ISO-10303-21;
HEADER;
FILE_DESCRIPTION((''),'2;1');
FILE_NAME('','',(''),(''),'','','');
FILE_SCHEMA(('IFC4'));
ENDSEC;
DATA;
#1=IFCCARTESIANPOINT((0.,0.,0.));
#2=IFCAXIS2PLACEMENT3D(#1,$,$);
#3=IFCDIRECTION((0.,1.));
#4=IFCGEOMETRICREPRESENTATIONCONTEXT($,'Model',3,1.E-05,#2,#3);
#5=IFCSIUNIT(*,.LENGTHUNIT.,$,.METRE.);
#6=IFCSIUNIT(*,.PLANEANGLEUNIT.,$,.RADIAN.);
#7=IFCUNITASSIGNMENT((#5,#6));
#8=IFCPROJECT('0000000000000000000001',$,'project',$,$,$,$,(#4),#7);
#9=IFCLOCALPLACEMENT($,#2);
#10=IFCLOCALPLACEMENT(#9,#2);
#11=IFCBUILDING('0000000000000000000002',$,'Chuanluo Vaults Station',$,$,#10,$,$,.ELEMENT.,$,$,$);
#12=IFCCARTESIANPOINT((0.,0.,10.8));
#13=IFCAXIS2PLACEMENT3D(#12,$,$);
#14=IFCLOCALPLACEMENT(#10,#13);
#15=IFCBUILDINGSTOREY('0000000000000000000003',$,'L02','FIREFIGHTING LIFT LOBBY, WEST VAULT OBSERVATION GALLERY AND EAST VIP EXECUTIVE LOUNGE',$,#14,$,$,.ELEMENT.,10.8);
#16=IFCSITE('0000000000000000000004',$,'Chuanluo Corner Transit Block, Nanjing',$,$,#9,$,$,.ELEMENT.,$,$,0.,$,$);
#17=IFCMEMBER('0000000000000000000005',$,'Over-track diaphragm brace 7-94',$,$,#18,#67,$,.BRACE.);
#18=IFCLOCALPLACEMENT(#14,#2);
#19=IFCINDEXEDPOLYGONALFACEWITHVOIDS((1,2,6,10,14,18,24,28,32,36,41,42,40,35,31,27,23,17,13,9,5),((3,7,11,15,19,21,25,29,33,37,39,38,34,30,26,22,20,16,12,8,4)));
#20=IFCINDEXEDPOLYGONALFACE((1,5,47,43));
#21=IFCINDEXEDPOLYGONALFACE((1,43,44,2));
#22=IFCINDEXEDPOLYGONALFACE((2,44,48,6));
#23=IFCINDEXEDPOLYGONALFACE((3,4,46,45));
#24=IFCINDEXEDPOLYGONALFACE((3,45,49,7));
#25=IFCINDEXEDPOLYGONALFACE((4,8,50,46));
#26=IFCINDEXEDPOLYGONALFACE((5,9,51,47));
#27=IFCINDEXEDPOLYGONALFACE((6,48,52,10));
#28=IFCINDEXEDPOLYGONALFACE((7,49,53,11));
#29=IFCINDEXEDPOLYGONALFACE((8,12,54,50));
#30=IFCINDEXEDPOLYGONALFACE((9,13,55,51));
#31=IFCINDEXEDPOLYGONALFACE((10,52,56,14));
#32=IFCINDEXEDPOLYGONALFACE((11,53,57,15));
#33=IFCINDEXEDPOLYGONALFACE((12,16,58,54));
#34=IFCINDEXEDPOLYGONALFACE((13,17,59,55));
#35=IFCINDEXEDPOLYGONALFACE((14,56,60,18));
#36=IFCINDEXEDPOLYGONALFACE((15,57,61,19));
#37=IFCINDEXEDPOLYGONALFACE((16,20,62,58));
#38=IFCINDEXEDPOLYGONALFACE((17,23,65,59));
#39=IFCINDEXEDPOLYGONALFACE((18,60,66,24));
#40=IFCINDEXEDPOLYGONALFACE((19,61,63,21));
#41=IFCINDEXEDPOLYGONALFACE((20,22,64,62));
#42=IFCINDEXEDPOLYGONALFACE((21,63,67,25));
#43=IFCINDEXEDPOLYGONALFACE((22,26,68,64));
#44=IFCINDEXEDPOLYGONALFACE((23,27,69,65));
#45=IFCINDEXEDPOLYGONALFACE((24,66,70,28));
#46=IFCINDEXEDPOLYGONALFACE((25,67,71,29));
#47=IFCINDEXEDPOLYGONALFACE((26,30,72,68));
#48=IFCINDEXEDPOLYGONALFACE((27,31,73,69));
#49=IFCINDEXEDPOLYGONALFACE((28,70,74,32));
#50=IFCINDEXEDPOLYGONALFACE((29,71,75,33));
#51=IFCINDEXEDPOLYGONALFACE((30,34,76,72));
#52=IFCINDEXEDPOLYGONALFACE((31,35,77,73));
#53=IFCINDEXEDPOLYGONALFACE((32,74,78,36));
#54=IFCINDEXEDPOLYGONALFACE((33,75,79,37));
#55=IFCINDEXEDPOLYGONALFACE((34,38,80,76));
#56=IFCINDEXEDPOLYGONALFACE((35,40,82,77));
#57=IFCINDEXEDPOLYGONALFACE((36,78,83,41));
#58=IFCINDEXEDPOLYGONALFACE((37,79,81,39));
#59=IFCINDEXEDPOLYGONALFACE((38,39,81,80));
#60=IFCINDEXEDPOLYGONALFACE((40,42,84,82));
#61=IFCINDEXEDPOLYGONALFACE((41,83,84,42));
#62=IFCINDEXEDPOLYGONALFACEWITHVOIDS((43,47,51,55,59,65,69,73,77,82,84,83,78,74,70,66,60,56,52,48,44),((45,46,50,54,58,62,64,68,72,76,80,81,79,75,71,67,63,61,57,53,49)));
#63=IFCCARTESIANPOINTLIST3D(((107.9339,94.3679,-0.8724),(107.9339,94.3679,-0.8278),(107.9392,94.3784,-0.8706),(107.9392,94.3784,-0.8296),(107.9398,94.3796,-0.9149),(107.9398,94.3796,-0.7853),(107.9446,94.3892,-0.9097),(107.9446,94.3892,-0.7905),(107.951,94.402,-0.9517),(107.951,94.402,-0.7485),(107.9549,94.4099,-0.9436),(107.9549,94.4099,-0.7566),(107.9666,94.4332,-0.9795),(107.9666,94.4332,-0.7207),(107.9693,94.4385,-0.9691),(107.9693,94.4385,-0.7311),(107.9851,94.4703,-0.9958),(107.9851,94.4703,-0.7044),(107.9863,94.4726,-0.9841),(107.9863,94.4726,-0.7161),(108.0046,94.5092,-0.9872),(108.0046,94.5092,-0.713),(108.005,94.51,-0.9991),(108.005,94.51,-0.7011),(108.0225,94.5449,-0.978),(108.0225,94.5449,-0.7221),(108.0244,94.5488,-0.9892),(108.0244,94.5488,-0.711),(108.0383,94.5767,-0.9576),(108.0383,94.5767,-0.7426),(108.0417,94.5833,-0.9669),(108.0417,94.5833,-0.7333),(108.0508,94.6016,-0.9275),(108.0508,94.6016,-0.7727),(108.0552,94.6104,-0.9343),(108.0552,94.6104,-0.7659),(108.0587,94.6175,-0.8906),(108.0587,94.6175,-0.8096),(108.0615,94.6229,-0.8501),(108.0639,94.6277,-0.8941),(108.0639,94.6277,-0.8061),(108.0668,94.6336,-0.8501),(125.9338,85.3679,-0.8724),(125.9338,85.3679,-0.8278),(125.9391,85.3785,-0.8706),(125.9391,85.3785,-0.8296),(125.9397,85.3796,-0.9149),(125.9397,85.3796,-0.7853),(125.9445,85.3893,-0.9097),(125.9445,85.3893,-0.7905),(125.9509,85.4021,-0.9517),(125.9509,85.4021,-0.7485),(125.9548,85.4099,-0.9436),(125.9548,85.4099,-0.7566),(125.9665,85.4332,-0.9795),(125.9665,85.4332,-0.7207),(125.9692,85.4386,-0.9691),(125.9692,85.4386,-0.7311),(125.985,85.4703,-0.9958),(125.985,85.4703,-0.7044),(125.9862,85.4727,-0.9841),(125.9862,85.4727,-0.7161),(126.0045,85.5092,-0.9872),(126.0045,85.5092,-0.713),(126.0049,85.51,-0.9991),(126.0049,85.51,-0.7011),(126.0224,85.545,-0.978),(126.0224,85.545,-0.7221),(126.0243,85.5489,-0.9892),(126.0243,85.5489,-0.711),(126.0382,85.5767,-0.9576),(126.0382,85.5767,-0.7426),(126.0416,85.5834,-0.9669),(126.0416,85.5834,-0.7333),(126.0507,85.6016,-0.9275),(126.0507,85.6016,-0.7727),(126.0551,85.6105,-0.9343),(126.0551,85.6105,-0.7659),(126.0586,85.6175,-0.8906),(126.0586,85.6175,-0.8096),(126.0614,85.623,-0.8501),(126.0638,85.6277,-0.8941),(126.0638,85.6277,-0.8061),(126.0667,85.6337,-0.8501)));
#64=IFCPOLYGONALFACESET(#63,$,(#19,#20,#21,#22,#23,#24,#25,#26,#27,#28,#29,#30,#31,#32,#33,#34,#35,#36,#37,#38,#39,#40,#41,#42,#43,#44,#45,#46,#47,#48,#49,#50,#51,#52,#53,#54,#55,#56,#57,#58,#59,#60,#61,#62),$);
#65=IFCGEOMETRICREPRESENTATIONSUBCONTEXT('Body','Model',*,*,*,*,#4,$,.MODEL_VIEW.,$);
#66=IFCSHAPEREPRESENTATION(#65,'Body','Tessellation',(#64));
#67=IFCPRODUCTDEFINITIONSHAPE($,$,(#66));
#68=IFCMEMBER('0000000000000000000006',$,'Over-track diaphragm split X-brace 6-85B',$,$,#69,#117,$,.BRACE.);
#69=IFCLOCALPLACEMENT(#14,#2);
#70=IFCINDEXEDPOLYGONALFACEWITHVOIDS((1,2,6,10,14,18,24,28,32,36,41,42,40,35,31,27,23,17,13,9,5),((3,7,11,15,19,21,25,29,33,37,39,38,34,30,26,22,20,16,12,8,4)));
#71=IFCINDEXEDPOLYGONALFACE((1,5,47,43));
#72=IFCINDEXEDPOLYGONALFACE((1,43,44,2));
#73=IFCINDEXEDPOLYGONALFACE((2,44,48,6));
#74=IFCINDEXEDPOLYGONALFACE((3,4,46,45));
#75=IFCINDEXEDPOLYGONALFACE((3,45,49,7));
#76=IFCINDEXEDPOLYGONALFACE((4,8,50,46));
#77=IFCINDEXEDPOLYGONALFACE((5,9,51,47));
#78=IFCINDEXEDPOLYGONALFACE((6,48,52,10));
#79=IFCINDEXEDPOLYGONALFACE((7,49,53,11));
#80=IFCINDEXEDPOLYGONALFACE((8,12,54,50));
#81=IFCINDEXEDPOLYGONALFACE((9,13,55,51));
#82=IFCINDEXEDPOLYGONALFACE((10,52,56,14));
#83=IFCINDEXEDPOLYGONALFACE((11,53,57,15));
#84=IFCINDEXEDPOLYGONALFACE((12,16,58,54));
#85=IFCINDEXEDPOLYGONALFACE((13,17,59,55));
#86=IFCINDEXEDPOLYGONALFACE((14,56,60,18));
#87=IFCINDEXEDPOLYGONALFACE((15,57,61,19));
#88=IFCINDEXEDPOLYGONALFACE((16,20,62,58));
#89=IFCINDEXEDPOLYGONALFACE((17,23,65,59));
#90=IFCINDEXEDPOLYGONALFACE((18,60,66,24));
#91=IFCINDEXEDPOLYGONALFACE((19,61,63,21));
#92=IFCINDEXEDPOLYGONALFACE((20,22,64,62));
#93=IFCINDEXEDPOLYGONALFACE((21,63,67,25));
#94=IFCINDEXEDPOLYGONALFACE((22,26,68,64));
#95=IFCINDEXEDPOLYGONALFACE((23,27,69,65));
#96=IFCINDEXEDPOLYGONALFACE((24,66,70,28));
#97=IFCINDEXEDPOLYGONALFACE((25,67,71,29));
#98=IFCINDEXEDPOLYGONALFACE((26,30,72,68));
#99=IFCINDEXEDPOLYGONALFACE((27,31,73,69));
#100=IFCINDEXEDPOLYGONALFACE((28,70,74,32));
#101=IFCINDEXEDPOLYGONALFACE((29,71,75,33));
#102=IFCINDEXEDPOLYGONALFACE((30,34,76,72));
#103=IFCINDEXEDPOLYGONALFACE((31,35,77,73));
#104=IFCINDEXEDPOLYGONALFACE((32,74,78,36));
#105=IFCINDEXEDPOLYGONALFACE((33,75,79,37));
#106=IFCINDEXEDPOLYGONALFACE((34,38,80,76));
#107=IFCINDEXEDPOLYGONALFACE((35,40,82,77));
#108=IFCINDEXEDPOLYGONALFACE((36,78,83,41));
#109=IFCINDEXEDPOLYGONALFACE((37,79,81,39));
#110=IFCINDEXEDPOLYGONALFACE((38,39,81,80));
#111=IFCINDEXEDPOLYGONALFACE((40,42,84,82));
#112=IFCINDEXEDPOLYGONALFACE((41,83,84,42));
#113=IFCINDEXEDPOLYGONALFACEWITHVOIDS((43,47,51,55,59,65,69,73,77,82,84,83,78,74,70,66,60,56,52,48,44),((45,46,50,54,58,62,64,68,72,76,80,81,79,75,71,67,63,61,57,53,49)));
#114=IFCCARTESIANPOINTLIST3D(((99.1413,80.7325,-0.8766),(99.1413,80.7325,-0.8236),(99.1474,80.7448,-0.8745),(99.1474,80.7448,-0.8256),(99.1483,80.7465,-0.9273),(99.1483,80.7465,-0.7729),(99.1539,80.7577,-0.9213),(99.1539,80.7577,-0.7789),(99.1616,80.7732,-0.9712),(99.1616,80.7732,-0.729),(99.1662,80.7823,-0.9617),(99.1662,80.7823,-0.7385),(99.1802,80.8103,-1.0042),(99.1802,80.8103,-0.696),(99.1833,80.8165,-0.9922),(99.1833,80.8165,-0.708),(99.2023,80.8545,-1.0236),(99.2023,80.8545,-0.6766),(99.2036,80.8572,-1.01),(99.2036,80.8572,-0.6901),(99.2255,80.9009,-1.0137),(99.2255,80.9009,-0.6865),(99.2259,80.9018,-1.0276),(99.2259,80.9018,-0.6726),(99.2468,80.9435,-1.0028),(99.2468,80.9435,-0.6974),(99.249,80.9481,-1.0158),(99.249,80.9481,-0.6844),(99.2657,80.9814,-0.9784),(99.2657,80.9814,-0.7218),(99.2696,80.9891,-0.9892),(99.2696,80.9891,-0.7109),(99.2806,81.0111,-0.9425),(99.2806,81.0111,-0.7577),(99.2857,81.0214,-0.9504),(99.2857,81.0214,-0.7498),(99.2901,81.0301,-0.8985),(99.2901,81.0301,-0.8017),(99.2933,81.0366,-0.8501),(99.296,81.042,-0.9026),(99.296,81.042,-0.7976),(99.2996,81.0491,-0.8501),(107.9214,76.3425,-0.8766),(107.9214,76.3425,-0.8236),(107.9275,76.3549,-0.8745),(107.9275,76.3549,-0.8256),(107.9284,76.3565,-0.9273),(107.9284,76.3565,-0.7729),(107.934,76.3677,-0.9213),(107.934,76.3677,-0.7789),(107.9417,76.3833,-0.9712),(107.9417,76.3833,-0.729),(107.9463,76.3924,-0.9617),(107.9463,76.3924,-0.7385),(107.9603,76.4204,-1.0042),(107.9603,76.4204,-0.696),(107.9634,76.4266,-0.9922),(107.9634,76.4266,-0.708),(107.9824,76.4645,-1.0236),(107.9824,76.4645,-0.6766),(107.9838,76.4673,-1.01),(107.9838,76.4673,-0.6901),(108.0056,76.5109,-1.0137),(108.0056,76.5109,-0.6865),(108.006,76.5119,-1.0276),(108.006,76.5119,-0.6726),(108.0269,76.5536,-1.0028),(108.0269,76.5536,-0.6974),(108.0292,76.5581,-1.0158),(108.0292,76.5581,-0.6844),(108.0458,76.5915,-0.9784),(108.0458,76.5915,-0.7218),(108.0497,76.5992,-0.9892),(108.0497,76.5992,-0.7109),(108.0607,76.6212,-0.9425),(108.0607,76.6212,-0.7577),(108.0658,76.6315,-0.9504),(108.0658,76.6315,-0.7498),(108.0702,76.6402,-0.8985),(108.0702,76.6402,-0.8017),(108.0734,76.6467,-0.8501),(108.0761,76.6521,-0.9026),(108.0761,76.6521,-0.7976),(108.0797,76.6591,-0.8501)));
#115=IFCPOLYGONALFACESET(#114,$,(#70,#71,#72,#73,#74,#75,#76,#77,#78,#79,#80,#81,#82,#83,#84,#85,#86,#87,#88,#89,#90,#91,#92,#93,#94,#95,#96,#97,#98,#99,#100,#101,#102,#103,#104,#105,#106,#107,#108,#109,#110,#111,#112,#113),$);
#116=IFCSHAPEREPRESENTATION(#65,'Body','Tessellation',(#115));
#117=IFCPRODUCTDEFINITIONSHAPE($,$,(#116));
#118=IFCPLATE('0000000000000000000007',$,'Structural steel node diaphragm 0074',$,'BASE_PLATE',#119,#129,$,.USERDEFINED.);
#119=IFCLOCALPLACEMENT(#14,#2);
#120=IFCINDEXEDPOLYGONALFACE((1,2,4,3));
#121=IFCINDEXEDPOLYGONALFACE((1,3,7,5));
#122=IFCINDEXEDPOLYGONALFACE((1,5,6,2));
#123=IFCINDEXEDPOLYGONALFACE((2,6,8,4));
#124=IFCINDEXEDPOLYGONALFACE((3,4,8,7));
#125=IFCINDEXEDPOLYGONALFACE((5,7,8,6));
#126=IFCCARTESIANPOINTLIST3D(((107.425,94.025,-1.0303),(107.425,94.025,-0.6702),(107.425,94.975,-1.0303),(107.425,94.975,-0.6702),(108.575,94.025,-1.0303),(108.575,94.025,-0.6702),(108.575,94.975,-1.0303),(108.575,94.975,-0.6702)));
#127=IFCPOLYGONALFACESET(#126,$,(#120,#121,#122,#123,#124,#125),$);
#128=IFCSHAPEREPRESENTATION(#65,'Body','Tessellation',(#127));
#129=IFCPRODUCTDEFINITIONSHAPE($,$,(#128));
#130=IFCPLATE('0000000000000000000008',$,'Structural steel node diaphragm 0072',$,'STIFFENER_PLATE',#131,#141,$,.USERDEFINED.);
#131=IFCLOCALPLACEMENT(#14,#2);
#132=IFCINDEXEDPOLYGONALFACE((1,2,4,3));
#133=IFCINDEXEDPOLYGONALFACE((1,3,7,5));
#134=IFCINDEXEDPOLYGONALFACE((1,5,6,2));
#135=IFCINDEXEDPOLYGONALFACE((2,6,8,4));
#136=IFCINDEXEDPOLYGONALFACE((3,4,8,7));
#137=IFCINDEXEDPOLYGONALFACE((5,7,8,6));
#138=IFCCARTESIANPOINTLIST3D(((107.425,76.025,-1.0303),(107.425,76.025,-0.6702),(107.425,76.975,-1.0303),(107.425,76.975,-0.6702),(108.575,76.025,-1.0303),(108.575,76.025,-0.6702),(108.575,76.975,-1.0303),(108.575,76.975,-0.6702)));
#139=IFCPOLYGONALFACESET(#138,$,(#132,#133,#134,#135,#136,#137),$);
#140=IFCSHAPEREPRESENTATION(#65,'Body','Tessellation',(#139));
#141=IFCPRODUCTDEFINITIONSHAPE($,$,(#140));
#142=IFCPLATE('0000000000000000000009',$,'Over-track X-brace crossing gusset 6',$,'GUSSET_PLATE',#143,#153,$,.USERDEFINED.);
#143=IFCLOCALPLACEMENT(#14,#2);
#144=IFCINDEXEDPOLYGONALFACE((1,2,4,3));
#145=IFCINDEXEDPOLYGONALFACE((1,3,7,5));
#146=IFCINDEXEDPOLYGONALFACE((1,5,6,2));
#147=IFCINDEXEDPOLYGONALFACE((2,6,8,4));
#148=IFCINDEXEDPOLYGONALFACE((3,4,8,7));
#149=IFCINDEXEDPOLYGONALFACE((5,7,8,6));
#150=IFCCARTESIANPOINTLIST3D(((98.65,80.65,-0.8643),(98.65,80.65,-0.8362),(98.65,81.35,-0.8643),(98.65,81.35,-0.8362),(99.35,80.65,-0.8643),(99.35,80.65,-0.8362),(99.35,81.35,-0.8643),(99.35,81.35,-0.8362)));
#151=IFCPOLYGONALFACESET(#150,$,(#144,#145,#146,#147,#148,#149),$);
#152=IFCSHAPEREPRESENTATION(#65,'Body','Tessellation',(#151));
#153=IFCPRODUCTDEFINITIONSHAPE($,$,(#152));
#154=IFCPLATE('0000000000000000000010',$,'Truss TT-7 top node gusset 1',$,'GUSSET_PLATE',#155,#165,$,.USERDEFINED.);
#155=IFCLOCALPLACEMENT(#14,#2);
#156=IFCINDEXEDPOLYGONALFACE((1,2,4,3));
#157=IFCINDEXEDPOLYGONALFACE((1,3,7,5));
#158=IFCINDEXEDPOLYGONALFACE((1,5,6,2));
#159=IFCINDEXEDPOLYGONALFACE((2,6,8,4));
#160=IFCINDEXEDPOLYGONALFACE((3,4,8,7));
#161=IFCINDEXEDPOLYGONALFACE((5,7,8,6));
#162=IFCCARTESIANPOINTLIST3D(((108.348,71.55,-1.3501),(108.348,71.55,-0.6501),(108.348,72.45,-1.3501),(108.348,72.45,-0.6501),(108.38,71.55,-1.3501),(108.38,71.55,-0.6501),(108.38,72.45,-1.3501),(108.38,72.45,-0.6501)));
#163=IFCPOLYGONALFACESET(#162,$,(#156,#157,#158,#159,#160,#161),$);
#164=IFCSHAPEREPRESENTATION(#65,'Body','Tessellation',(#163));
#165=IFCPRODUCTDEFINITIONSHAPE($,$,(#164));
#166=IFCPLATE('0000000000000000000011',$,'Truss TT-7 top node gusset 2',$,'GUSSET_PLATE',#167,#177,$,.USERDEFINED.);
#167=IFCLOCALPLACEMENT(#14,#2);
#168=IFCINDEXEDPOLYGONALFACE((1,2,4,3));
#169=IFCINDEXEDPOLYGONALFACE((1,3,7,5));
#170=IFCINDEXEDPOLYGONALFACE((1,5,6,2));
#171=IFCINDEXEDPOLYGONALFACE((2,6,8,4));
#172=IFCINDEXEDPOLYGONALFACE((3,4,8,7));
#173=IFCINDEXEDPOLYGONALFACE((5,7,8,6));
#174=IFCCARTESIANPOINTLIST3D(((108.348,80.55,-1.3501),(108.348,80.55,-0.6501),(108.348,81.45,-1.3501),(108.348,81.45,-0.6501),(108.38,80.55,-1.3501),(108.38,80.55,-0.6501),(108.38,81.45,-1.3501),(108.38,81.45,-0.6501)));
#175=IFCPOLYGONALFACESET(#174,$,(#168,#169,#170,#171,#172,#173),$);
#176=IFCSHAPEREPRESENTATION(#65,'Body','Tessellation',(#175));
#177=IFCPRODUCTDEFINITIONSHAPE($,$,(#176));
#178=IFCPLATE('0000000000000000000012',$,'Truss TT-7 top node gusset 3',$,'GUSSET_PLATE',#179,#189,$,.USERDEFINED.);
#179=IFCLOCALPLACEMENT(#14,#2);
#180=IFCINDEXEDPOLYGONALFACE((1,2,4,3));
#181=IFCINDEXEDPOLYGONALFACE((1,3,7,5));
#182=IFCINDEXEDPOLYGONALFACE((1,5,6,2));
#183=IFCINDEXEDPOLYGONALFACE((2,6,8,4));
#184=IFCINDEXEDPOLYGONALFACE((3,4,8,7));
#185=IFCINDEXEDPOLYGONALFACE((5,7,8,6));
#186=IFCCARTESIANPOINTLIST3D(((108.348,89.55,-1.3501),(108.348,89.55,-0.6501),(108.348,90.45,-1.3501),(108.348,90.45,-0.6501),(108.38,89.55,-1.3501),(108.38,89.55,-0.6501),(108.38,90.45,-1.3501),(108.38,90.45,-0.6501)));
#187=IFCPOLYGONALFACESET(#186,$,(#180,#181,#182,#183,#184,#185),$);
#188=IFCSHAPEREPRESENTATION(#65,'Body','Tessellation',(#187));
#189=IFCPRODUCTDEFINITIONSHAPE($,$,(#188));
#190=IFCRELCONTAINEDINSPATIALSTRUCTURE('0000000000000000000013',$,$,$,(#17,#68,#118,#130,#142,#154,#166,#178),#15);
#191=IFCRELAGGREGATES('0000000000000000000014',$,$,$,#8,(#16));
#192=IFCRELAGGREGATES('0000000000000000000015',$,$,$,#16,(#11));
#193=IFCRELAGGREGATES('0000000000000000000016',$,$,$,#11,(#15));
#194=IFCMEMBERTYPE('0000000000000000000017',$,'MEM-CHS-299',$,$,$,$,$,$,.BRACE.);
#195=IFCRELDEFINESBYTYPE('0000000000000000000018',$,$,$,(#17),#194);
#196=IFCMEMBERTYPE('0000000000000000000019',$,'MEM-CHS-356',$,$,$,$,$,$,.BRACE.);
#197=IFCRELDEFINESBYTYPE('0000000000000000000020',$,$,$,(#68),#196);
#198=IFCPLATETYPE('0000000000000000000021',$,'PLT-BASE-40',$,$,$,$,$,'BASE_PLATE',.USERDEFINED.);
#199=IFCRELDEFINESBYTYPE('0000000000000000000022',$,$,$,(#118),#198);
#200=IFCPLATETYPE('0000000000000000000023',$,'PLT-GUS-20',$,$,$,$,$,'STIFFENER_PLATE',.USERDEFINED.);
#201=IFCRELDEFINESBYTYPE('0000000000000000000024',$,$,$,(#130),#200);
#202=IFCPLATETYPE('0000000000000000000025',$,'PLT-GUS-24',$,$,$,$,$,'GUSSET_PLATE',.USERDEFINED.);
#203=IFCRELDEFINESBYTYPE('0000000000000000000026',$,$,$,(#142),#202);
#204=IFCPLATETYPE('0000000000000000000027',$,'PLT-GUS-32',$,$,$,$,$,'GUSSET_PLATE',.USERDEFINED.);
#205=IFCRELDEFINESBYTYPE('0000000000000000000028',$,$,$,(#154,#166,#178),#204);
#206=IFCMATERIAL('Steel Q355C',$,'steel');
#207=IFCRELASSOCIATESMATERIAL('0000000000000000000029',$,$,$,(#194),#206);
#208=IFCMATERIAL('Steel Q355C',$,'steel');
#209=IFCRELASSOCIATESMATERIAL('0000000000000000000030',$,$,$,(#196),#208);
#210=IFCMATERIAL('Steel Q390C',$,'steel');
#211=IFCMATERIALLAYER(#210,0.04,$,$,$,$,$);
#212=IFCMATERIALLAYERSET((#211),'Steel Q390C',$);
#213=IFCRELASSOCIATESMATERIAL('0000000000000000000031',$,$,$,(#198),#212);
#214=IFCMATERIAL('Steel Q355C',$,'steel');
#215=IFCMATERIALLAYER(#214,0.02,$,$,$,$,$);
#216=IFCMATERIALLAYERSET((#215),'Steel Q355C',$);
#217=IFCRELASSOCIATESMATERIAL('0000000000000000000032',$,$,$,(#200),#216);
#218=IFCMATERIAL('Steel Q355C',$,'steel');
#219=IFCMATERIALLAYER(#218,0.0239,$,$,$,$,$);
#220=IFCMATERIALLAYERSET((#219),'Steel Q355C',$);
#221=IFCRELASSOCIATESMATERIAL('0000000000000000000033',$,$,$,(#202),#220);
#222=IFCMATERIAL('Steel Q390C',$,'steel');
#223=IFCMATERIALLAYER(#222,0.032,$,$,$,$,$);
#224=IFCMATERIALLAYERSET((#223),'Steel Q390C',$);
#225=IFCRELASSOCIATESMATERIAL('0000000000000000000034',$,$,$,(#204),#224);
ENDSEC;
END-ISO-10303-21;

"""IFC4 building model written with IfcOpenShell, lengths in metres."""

from ifc_helpers import new_model, si_unit, direction, frame, origin, origin_2d, place, context, subcontext, project, spatial, rectangle, hollow_circle, extrude, material, layer, layer_set, material_profile, profile_set, type_object, element, save


model = new_model("IFC4")

# Units and contexts
model_context = context("Model", 3, precision=1e-05, world=origin(), true_north=direction((0.0, 1.0)))
body_context = subcontext(model_context, "Body", "Model", "MODEL_VIEW")
ifc_project = project(units=[si_unit("LENGTHUNIT", "METRE"), si_unit("PLANEANGLEUNIT", "RADIAN")], contexts=[model_context])

# Site, building, storey
site_placement = place(None, origin())
site = spatial("IfcSite", under=ifc_project, at=site_placement, Name="Chuanluo Corner Transit Block, Nanjing", CompositionType="ELEMENT", RefElevation=0.0)
building_placement = place(site_placement, origin())
building = spatial("IfcBuilding", under=site, at=building_placement, Name="Chuanluo Vaults Station", CompositionType="ELEMENT")
storey_placement = place(building_placement, frame((0.0, 0.0, 10.8)))
storey = spatial("IfcBuildingStorey", under=building, at=storey_placement, Name="L02", Description="FIREFIGHTING LIFT LOBBY, WEST VAULT OBSERVATION GALLERY AND EAST VIP EXECUTIVE LOUNGE", CompositionType="ELEMENT", Elevation=10.8)

# Members
ifc_material_1 = material(Name="Steel Q355C", Category="steel")
ifc_material_profile_1 = material_profile(ifc_material_1, hollow_circle(Radius=0.1494, WallThickness=0.012, at=origin_2d()))
ifc_profile_set_1 = profile_set([ifc_material_profile_1], Name="Steel Q355C")
member_type_1 = type_object("IfcMemberType", Name="MEM-CHS-299", PredefinedType="BRACE", material=ifc_profile_set_1)
member_1_placement = place(storey_placement, frame((108.0, 94.5, -0.8501), z_axis=(0.894427, -0.447214, 0.0), x_axis=(0.447214, 0.894427, 0.0)))
element("IfcMember", 1, at=member_1_placement, inside=storey, type_object=member_type_1, Name="Over-track diaphragm brace 7-94", PredefinedType="BRACE", context=body_context, shape_type="SweptSolid", body=[
    extrude(hollow_circle(Radius=0.1494, WallThickness=0.012, at=origin_2d()), origin(), (0.0, 0.0, 1.0), 20.1245),
])
ifc_material_2 = material(Name="Steel Q355C", Category="steel")
ifc_material_profile_2 = material_profile(ifc_material_2, hollow_circle(Radius=0.178, WallThickness=0.0139, at=origin_2d()))
ifc_profile_set_2 = profile_set([ifc_material_profile_2], Name="Steel Q355C")
member_type_2 = type_object("IfcMemberType", Name="MEM-CHS-356", PredefinedType="BRACE", material=ifc_profile_set_2)
member_2_placement = place(storey_placement, frame((99.22, 80.8899, -0.8501), z_axis=(0.894432, -0.447204, 0.0), x_axis=(0.447204, 0.894432, 0.0)))
element("IfcMember", 2, at=member_2_placement, inside=storey, type_object=member_type_2, Name="Over-track diaphragm split X-brace 6-85B", PredefinedType="BRACE", context=body_context, shape_type="SweptSolid", body=[
    extrude(hollow_circle(Radius=0.178, WallThickness=0.0139, at=origin_2d()), origin(), (0.0, 0.0, 1.0), 9.8164),
])

# Plates
ifc_material_3 = material(Name="Steel Q390C", Category="steel")
ifc_layer_1 = layer(ifc_material_3, 0.04)
ifc_layer_set_1 = layer_set([ifc_layer_1], Name="Steel Q390C")
plate_type_1 = type_object("IfcPlateType", Name="PLT-BASE-40", ElementType="BASE_PLATE", PredefinedType="USERDEFINED", material=ifc_layer_set_1)
plate_1_placement = place(storey_placement, frame((108.0, 94.5, -1.0303), z_axis=(0.0, 0.0, 1.0), x_axis=(1.0, 0.0, 0.0)))
element("IfcPlate", 3, at=plate_1_placement, inside=storey, type_object=plate_type_1, Name="Structural steel node diaphragm 0074", ObjectType="BASE_PLATE", PredefinedType="USERDEFINED", context=body_context, shape_type="SweptSolid", body=[
    extrude(rectangle(XDim=1.1499, YDim=0.95, at=origin_2d()), origin(), (0.0, 0.0, 1.0), 0.3601),
])
ifc_material_4 = material(Name="Steel Q355C", Category="steel")
ifc_layer_2 = layer(ifc_material_4, 0.02)
ifc_layer_set_2 = layer_set([ifc_layer_2], Name="Steel Q355C")
plate_type_2 = type_object("IfcPlateType", Name="PLT-GUS-20", ElementType="STIFFENER_PLATE", PredefinedType="USERDEFINED", material=ifc_layer_set_2)
plate_2_placement = place(storey_placement, frame((108.0, 76.5, -1.0303), z_axis=(0.0, 0.0, 1.0), x_axis=(1.0, 0.0, 0.0)))
element("IfcPlate", 4, at=plate_2_placement, inside=storey, type_object=plate_type_2, Name="Structural steel node diaphragm 0072", ObjectType="STIFFENER_PLATE", PredefinedType="USERDEFINED", context=body_context, shape_type="SweptSolid", body=[
    extrude(rectangle(XDim=1.1499, YDim=0.95, at=origin_2d()), origin(), (0.0, 0.0, 1.0), 0.3601),
])
ifc_material_5 = material(Name="Steel Q355C", Category="steel")
ifc_layer_3 = layer(ifc_material_5, 0.0239)
ifc_layer_set_3 = layer_set([ifc_layer_3], Name="Steel Q355C")
plate_type_3 = type_object("IfcPlateType", Name="PLT-GUS-24", ElementType="GUSSET_PLATE", PredefinedType="USERDEFINED", material=ifc_layer_set_3)
plate_3_placement = place(storey_placement, frame((99.0, 81.0, -0.8643), z_axis=(0.0, 0.0, 1.0), x_axis=(1.0, 0.0, 0.0)))
element("IfcPlate", 5, at=plate_3_placement, inside=storey, type_object=plate_type_3, Name="Over-track X-brace crossing gusset 6", ObjectType="GUSSET_PLATE", PredefinedType="USERDEFINED", context=body_context, shape_type="SweptSolid", body=[
    extrude(rectangle(XDim=0.7, YDim=0.7, at=origin_2d()), origin(), (0.0, 0.0, 1.0), 0.0281),
])
ifc_material_6 = material(Name="Steel Q390C", Category="steel")
ifc_layer_4 = layer(ifc_material_6, 0.032)
ifc_layer_set_4 = layer_set([ifc_layer_4], Name="Steel Q390C")
plate_type_4 = type_object("IfcPlateType", Name="PLT-GUS-32", ElementType="GUSSET_PLATE", PredefinedType="USERDEFINED", material=ifc_layer_set_4)
for number, where, z_axis, x_axis, name in (
    (6, (108.364, 72.0, -1.3501), (0.0, 0.0, 1.0), (1.0, 0.0, 0.0), "Truss TT-7 top node gusset 1"),
    (7, (108.364, 81.0, -1.3501), (0.0, 0.0, 1.0), (1.0, 0.0, 0.0), "Truss TT-7 top node gusset 2"),
    (8, (108.364, 90.0, -1.3501), (0.0, 0.0, 1.0), (1.0, 0.0, 0.0), "Truss TT-7 top node gusset 3"),
):
    element("IfcPlate", number, at=place(storey_placement, frame(where, z_axis=z_axis, x_axis=x_axis)), inside=storey, type_object=plate_type_4, Name=name, ObjectType="GUSSET_PLATE", PredefinedType="USERDEFINED", context=body_context, shape_type="SweptSolid", body=[
        extrude(rectangle(XDim=0.032, YDim=0.8999, at=origin_2d()), origin(), (0.0, 0.0, 1.0), 0.7),
    ])

save(model, "model.ifc")
